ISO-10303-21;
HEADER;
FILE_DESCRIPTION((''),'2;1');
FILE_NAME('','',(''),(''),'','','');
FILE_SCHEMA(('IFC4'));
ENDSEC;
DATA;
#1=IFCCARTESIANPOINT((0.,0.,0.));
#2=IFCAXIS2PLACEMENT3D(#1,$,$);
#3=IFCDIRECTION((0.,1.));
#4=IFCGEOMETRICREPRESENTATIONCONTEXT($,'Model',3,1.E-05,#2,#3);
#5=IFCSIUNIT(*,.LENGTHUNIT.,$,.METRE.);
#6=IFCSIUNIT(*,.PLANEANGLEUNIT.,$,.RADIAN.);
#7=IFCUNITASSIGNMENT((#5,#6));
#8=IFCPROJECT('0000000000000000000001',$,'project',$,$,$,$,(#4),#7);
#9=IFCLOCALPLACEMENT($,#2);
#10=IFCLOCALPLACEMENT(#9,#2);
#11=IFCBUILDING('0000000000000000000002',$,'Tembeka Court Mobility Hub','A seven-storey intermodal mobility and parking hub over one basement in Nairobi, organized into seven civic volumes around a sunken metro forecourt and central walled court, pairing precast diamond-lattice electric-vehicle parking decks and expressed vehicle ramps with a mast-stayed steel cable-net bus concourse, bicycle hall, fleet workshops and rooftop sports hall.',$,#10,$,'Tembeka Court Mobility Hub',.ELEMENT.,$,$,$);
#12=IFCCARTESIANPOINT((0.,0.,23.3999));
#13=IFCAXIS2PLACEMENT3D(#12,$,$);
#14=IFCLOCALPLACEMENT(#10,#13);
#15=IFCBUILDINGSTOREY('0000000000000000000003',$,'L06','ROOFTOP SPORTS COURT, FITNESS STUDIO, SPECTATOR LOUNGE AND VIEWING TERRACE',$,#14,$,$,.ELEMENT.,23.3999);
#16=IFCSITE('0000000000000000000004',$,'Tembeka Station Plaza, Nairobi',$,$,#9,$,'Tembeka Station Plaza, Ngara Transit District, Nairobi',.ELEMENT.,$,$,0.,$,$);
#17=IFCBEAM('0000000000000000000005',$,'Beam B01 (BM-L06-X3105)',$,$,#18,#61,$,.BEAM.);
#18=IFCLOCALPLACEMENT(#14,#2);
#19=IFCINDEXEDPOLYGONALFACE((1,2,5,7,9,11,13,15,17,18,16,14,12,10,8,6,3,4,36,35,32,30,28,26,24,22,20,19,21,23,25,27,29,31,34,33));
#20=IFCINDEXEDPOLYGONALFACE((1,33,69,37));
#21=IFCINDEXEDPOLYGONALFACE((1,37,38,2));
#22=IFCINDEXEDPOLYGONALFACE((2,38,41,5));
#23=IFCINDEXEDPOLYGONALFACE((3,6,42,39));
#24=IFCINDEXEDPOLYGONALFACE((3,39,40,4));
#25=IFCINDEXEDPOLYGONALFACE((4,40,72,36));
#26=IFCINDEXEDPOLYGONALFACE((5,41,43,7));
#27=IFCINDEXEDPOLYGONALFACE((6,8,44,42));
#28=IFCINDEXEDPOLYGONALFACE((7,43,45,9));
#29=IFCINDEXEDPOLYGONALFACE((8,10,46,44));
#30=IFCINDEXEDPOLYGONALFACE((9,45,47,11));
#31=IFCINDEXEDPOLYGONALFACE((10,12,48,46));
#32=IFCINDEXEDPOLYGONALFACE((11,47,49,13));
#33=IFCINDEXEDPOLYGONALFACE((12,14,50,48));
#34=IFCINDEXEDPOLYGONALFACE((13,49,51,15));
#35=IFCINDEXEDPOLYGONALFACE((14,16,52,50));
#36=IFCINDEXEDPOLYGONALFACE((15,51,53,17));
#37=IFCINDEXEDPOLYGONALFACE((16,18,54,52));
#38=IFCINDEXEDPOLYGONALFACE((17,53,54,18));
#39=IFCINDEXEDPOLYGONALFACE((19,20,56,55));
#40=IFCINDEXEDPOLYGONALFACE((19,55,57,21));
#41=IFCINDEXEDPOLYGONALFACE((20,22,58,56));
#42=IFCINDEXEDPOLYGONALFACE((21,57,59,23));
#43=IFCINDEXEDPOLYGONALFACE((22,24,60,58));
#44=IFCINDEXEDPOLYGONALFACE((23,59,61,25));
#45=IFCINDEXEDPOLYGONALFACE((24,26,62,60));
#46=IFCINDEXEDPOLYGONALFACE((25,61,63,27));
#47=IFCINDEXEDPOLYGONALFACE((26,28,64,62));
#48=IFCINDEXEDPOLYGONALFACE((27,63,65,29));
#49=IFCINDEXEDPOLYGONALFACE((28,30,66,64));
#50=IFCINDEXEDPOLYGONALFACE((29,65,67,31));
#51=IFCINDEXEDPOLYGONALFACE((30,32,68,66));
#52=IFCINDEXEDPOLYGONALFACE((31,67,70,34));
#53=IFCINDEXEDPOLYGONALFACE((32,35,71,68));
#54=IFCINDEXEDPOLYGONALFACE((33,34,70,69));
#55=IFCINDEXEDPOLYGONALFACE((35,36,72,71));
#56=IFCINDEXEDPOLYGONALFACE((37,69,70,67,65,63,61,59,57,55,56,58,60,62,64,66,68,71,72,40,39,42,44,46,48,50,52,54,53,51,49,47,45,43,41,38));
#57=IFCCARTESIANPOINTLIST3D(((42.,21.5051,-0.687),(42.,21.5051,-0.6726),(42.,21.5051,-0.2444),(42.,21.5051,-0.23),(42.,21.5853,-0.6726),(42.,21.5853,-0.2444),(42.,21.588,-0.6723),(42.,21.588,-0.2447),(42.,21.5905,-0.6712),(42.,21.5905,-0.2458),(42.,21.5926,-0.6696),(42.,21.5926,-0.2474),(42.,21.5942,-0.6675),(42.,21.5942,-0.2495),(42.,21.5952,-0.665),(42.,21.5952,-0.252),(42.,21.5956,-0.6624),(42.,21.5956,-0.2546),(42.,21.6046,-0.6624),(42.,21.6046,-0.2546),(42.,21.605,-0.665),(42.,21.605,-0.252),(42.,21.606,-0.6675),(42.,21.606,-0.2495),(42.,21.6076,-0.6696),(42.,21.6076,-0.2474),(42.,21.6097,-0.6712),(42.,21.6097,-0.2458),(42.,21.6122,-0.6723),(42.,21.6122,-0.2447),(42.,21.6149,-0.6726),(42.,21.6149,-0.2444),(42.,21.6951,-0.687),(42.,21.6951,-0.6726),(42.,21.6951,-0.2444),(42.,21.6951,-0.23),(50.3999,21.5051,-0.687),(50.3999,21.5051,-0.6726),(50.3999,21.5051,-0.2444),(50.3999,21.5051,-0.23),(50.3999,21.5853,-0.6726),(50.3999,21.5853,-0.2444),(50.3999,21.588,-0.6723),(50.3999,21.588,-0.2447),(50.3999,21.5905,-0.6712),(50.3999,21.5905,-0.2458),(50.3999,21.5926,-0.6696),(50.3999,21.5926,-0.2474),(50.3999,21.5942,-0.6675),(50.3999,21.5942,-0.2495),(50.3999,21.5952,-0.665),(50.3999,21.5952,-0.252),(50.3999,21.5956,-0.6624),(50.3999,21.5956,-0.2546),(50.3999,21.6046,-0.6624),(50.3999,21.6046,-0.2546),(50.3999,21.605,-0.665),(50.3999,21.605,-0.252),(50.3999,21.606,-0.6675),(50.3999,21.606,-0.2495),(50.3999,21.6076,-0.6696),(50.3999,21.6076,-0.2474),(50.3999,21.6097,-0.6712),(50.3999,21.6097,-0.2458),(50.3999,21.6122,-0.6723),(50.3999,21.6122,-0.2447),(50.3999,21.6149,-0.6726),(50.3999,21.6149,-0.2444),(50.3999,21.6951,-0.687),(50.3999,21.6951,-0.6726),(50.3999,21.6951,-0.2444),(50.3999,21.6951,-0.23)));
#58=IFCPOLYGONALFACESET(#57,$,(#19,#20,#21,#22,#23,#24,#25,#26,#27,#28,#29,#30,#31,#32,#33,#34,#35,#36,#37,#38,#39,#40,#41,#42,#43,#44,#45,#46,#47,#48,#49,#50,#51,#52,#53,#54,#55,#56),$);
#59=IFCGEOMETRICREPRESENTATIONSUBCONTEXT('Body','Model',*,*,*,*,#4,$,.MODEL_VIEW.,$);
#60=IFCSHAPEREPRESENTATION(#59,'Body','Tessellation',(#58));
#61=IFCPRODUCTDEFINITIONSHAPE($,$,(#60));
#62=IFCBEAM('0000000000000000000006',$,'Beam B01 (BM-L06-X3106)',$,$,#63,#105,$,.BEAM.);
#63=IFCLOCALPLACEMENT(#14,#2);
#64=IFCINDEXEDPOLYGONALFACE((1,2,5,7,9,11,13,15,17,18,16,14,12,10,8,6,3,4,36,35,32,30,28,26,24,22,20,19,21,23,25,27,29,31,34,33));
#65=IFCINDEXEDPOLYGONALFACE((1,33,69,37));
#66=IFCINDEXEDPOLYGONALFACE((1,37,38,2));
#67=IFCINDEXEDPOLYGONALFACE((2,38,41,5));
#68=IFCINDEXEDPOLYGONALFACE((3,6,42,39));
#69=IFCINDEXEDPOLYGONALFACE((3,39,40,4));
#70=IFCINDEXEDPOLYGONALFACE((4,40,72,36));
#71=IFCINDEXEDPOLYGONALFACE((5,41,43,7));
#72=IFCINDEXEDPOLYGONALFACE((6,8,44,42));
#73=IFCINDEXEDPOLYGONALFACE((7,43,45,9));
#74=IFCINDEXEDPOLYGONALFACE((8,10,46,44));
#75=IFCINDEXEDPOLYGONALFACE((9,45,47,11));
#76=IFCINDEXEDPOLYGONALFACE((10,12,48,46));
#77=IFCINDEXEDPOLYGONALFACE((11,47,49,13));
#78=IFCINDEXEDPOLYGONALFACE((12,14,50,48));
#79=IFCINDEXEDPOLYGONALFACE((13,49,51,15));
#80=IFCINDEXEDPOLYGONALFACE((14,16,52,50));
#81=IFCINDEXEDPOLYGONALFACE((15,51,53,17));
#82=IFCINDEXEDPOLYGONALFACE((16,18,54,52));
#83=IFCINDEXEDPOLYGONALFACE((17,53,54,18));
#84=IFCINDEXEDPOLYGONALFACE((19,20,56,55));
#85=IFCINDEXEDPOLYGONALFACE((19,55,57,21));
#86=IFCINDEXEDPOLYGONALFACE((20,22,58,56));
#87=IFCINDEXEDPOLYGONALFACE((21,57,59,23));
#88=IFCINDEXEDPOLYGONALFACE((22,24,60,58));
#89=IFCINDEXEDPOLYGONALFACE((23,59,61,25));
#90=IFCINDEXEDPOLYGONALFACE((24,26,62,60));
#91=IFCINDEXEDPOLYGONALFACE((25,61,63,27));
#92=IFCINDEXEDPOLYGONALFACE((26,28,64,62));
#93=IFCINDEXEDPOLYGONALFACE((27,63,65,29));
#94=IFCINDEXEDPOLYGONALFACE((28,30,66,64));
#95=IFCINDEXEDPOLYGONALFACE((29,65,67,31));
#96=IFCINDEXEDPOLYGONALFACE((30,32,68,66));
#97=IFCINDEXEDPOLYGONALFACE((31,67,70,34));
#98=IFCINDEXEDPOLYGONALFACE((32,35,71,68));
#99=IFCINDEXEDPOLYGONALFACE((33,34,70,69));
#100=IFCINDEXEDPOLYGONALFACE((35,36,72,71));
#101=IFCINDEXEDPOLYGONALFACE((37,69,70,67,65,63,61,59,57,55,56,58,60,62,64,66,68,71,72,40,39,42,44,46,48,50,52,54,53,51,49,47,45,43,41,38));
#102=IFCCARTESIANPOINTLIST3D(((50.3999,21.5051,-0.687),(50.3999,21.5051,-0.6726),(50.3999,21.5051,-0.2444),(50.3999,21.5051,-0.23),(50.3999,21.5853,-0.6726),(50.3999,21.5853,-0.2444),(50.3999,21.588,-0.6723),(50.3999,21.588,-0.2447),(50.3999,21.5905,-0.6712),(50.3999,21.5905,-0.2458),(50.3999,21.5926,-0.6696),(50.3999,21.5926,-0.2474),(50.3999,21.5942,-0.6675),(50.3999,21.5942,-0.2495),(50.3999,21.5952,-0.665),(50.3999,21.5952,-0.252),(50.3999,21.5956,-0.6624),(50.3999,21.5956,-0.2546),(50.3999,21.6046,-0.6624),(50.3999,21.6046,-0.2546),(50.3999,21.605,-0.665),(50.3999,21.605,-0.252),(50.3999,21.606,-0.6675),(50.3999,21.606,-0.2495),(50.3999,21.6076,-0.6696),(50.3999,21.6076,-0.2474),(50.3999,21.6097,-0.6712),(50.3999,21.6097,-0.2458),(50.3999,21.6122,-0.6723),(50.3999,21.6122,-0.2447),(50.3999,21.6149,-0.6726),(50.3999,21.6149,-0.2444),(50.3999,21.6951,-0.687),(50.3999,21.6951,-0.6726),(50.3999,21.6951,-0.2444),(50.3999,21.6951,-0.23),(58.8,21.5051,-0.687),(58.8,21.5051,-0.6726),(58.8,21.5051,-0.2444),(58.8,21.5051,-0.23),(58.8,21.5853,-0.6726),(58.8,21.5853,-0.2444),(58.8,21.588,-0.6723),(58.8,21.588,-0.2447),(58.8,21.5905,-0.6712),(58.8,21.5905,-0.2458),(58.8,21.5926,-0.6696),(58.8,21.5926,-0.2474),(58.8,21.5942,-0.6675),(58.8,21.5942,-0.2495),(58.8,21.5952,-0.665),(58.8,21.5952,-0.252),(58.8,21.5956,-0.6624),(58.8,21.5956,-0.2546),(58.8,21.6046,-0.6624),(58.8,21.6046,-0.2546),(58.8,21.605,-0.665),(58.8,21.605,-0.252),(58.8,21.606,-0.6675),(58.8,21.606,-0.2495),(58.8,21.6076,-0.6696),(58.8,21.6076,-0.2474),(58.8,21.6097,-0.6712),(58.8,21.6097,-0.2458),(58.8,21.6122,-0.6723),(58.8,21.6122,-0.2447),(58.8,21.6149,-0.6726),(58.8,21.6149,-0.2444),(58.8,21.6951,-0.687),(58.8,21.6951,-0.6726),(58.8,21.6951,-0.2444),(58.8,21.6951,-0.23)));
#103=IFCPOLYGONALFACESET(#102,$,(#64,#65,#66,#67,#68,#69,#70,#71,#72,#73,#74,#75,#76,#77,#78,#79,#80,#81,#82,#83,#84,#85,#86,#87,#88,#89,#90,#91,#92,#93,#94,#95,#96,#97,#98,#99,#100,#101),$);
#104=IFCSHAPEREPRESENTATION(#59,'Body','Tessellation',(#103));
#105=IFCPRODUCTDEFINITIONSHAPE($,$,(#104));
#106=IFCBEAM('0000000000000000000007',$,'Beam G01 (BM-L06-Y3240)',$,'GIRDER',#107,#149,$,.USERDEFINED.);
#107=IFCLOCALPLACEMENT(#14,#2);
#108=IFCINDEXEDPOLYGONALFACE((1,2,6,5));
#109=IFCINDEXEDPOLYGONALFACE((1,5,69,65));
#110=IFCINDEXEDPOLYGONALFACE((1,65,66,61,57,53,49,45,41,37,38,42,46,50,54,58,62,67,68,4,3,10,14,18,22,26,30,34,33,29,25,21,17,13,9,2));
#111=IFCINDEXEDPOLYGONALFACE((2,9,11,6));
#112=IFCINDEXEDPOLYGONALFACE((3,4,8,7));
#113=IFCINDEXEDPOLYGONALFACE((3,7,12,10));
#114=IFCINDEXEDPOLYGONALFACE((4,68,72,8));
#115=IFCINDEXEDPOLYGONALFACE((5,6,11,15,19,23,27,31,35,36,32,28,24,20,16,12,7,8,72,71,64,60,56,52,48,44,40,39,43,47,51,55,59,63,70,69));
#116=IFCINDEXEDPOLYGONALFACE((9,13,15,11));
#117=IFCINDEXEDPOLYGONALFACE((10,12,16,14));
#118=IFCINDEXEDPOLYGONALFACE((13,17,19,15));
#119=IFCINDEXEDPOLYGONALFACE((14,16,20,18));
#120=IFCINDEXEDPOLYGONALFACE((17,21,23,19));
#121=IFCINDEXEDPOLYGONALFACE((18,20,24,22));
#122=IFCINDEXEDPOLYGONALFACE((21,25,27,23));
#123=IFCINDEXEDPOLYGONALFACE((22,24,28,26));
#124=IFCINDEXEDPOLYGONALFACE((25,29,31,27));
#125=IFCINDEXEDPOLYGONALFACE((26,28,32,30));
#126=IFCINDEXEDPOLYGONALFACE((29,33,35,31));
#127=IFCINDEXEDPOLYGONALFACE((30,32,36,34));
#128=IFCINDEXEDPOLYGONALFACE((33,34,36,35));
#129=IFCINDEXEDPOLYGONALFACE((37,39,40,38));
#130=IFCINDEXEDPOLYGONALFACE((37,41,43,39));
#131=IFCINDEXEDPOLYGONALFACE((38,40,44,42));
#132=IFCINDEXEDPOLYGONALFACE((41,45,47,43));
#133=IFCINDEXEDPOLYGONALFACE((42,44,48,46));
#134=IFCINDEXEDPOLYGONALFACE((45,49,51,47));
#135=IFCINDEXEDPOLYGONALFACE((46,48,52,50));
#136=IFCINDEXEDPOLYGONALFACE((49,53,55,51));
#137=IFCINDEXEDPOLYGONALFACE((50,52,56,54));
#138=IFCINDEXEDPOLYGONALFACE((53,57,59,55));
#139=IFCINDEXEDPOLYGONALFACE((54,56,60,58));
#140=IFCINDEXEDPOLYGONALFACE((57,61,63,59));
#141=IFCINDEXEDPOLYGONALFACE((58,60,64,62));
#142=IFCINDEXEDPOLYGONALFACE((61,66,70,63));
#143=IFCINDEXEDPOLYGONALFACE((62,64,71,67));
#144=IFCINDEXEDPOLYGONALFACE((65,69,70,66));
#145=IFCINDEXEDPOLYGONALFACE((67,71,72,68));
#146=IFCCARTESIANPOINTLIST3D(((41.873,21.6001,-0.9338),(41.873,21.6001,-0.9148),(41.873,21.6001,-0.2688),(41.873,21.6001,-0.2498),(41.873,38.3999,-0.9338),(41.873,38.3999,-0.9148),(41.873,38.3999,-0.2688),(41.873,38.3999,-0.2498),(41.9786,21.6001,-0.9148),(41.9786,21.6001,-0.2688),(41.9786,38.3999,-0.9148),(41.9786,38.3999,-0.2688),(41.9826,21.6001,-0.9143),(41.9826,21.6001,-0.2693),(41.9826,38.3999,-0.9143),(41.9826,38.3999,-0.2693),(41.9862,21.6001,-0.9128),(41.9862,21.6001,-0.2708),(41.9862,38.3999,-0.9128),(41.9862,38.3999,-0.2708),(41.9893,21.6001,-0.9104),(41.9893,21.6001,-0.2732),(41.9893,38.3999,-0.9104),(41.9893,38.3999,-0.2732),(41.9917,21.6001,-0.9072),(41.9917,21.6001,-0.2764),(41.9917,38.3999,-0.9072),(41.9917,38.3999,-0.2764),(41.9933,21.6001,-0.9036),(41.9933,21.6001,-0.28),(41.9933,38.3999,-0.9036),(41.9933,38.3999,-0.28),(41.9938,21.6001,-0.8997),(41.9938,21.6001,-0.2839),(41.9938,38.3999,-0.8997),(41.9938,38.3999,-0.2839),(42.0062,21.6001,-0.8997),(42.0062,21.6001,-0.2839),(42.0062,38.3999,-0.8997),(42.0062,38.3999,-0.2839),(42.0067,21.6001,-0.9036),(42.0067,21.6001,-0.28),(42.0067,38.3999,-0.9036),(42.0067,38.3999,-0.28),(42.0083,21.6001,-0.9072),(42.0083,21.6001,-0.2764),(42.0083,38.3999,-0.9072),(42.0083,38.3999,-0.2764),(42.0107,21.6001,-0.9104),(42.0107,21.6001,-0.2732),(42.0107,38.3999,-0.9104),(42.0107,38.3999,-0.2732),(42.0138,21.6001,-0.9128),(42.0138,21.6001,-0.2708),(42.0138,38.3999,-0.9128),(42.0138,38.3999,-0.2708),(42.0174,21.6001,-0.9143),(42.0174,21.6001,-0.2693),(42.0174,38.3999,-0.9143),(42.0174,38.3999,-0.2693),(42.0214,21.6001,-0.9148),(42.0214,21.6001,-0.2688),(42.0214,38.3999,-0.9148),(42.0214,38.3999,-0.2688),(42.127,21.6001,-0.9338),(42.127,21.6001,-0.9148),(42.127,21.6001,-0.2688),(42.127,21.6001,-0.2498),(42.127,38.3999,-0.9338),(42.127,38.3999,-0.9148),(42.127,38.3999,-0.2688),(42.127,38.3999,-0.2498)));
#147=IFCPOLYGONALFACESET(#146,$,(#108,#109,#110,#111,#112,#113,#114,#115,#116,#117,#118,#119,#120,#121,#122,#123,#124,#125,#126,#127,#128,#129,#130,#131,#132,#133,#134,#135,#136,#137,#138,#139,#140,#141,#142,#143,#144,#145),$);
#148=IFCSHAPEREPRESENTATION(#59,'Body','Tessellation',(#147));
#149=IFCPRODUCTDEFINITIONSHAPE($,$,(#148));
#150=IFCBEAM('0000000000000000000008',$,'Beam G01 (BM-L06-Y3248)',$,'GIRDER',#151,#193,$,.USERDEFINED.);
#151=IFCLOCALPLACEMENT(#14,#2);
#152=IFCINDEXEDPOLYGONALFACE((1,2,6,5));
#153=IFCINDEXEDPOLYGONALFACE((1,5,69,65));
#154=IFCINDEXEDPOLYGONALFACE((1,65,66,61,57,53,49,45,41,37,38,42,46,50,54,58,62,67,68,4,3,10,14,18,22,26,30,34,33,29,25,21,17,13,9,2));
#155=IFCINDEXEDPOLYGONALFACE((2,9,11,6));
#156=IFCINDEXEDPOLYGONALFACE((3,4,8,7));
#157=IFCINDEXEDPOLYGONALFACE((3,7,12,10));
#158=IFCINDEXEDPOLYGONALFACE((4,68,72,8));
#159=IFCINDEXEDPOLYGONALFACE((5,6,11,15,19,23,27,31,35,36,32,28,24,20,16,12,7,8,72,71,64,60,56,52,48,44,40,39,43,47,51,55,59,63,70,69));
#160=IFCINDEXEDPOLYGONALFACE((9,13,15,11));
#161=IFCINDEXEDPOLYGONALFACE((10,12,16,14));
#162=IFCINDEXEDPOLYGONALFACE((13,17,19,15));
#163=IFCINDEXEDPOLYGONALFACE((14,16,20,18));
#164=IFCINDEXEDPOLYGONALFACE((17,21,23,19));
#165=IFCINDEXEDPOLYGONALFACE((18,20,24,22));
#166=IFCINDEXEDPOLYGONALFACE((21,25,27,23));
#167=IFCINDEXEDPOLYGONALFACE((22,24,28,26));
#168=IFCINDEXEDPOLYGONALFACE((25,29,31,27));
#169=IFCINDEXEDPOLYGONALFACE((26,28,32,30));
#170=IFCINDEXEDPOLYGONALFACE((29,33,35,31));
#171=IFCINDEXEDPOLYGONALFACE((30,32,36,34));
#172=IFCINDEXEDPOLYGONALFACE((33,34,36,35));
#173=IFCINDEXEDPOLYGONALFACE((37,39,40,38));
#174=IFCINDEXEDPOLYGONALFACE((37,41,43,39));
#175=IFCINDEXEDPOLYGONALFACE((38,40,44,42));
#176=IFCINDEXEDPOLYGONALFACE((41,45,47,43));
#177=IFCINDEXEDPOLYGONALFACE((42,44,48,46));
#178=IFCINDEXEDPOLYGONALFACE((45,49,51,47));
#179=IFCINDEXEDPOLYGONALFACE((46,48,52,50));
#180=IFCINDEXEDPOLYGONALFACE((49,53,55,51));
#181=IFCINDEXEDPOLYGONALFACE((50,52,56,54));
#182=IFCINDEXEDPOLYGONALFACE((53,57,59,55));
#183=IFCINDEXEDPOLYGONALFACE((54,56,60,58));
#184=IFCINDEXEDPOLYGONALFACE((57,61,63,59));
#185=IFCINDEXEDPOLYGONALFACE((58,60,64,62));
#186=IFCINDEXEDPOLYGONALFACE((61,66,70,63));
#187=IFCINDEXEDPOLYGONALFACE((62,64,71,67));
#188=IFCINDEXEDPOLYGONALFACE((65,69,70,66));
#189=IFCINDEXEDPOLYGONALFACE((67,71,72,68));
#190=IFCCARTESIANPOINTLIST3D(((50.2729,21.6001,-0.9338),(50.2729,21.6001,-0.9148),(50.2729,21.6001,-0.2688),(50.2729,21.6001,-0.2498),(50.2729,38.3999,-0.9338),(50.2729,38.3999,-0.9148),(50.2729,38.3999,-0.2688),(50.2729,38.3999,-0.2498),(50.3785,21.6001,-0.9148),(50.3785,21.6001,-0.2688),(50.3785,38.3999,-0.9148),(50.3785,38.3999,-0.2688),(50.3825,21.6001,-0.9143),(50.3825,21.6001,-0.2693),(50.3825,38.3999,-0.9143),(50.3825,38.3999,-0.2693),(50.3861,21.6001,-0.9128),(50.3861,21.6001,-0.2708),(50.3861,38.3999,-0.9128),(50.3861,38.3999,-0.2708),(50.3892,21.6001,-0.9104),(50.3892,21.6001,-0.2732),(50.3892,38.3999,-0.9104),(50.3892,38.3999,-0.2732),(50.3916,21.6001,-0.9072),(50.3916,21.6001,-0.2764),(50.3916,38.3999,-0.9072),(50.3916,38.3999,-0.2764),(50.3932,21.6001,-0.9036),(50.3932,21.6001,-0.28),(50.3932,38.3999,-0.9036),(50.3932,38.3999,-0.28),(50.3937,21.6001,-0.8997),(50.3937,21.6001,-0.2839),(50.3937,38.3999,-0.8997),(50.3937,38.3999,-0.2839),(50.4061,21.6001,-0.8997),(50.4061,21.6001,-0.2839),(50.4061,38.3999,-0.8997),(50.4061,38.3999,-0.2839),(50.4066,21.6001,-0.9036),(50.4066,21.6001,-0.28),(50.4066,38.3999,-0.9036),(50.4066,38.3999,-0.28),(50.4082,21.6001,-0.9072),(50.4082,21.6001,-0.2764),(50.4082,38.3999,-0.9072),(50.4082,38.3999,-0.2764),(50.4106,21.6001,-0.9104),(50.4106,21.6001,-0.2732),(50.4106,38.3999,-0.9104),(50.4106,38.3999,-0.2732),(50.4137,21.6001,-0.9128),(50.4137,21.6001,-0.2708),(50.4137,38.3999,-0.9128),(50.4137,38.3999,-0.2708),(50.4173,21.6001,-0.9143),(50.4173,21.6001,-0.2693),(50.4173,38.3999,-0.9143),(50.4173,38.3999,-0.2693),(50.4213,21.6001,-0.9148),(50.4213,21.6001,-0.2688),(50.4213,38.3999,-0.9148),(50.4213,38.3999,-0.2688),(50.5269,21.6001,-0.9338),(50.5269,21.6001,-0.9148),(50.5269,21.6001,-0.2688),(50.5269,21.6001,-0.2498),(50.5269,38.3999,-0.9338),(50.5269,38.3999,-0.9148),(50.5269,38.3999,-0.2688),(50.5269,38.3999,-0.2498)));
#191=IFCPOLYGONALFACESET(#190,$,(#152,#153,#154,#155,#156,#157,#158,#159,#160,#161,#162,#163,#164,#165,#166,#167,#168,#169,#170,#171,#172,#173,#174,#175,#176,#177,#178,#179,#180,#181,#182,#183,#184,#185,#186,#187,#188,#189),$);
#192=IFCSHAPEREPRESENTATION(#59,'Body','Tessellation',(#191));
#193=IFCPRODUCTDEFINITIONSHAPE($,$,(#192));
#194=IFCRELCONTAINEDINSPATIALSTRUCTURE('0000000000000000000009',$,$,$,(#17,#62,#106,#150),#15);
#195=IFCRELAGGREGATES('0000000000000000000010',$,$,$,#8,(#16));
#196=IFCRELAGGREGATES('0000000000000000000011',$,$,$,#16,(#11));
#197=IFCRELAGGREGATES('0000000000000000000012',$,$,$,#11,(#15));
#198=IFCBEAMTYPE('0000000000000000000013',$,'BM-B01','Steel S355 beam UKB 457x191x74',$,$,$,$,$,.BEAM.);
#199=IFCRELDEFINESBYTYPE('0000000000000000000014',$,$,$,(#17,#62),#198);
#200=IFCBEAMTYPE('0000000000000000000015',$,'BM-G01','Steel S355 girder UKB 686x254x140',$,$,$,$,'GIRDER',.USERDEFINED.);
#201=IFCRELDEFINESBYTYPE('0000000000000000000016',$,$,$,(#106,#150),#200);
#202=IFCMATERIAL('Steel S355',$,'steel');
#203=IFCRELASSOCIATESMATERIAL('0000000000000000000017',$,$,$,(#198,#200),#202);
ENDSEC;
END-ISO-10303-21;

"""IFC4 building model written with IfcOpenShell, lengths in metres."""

from ifc_helpers import new_model, si_unit, direction, frame, origin, origin_2d, place, context, subcontext, project, spatial, i_section, extrude, material, material_profile, profile_set, type_object, element, save


model = new_model("IFC4")

# Units and contexts
model_context = context("Model", 3, precision=1e-05, world=origin(), true_north=direction((0.0, 1.0)))
body_context = subcontext(model_context, "Body", "Model", "MODEL_VIEW")
ifc_project = project(units=[si_unit("LENGTHUNIT", "METRE"), si_unit("PLANEANGLEUNIT", "RADIAN")], contexts=[model_context])

# Site, building, storey
site_placement = place(None, origin())
site = spatial("IfcSite", under=ifc_project, at=site_placement, Name="Tembeka Station Plaza, Nairobi", LongName="Tembeka Station Plaza, Ngara Transit District, Nairobi", CompositionType="ELEMENT", RefElevation=0.0)
building_placement = place(site_placement, origin())
building = spatial("IfcBuilding", under=site, at=building_placement, Name="Tembeka Court Mobility Hub", Description="A seven-storey intermodal mobility and parking hub over one basement in Nairobi, organized into seven civic volumes around a sunken metro forecourt and central walled court, pairing precast diamond-lattice electric-vehicle parking decks and expressed vehicle ramps with a mast-stayed steel cable-net bus concourse, bicycle hall, fleet workshops and rooftop sports hall.", LongName="Tembeka Court Mobility Hub", CompositionType="ELEMENT")
storey_placement = place(building_placement, frame((0.0, 0.0, 23.3999)))
storey = spatial("IfcBuildingStorey", under=building, at=storey_placement, Name="L06", Description="ROOFTOP SPORTS COURT, FITNESS STUDIO, SPECTATOR LOUNGE AND VIEWING TERRACE", CompositionType="ELEMENT", Elevation=23.3999)

# Beams
ifc_material_1 = material(Name="Steel S355", Category="steel")
ifc_material_profile_1 = material_profile(ifc_material_1, i_section(OverallWidth=0.1899, OverallDepth=0.457, WebThickness=0.009, FlangeThickness=0.0144, FilletRadius=0.0103, at=origin_2d()), Name="UKB 457x191x74")
ifc_profile_set_1 = profile_set([ifc_material_profile_1], Name="Steel S355")
beam_type_1 = type_object("IfcBeamType", Name="BM-B01", Description="Steel S355 beam UKB 457x191x74", PredefinedType="BEAM", material=ifc_profile_set_1)
beam_1_placement = place(storey_placement, frame((42.0, 21.6001, -0.4585), z_axis=(1.0, 0.0, 0.0), x_axis=(0.0, 1.0, 0.0)))
element("IfcBeam", 1, at=beam_1_placement, inside=storey, type_object=beam_type_1, Name="Beam B01 (BM-L06-X3105)", PredefinedType="BEAM", context=body_context, shape_type="SweptSolid", body=[
    extrude(i_section(OverallWidth=0.1899, OverallDepth=0.457, WebThickness=0.009, FlangeThickness=0.0144, FilletRadius=0.0103, at=origin_2d()), origin(), (0.0, 0.0, 1.0), 8.3999),
])
beam_2_placement = place(storey_placement, frame((50.3999, 21.6001, -0.4585), z_axis=(1.0, 0.0, 0.0), x_axis=(0.0, 1.0, 0.0)))
element("IfcBeam", 2, at=beam_2_placement, inside=storey, type_object=beam_type_1, Name="Beam B01 (BM-L06-X3106)", PredefinedType="BEAM", context=body_context, shape_type="SweptSolid", body=[
    extrude(i_section(OverallWidth=0.1899, OverallDepth=0.457, WebThickness=0.009, FlangeThickness=0.0144, FilletRadius=0.0103, at=origin_2d()), origin(), (0.0, 0.0, 1.0), 8.4001),
])
ifc_material_profile_2 = material_profile(ifc_material_1, i_section(OverallWidth=0.2539, OverallDepth=0.6841, WebThickness=0.0125, FlangeThickness=0.019, FilletRadius=0.0151, at=origin_2d()), Name="UKB 686x254x140")
ifc_profile_set_2 = profile_set([ifc_material_profile_2], Name="Steel S355")
beam_type_2 = type_object("IfcBeamType", Name="BM-G01", Description="Steel S355 girder UKB 686x254x140", ElementType="GIRDER", PredefinedType="USERDEFINED", material=ifc_profile_set_2)
for number, where, z_axis, x_axis, name in (
    (3, (42.0, 21.6001, -0.5918), (0.0, 1.0, 0.0), (-1.0, 0.0, 0.0), "Beam G01 (BM-L06-Y3240)"),
    (4, (50.3999, 21.6001, -0.5918), (0.0, 1.0, 0.0), (-1.0, 0.0, 0.0), "Beam G01 (BM-L06-Y3248)"),
):
    element("IfcBeam", number, at=place(storey_placement, frame(where, z_axis=z_axis, x_axis=x_axis)), inside=storey, type_object=beam_type_2, Name=name, ObjectType="GIRDER", PredefinedType="USERDEFINED", context=body_context, shape_type="SweptSolid", body=[
        extrude(i_section(OverallWidth=0.2539, OverallDepth=0.6841, WebThickness=0.0125, FlangeThickness=0.019, FilletRadius=0.0151, at=origin_2d()), origin(), (0.0, 0.0, 1.0), 16.7998),
    ])

save(model, "model.ifc")
